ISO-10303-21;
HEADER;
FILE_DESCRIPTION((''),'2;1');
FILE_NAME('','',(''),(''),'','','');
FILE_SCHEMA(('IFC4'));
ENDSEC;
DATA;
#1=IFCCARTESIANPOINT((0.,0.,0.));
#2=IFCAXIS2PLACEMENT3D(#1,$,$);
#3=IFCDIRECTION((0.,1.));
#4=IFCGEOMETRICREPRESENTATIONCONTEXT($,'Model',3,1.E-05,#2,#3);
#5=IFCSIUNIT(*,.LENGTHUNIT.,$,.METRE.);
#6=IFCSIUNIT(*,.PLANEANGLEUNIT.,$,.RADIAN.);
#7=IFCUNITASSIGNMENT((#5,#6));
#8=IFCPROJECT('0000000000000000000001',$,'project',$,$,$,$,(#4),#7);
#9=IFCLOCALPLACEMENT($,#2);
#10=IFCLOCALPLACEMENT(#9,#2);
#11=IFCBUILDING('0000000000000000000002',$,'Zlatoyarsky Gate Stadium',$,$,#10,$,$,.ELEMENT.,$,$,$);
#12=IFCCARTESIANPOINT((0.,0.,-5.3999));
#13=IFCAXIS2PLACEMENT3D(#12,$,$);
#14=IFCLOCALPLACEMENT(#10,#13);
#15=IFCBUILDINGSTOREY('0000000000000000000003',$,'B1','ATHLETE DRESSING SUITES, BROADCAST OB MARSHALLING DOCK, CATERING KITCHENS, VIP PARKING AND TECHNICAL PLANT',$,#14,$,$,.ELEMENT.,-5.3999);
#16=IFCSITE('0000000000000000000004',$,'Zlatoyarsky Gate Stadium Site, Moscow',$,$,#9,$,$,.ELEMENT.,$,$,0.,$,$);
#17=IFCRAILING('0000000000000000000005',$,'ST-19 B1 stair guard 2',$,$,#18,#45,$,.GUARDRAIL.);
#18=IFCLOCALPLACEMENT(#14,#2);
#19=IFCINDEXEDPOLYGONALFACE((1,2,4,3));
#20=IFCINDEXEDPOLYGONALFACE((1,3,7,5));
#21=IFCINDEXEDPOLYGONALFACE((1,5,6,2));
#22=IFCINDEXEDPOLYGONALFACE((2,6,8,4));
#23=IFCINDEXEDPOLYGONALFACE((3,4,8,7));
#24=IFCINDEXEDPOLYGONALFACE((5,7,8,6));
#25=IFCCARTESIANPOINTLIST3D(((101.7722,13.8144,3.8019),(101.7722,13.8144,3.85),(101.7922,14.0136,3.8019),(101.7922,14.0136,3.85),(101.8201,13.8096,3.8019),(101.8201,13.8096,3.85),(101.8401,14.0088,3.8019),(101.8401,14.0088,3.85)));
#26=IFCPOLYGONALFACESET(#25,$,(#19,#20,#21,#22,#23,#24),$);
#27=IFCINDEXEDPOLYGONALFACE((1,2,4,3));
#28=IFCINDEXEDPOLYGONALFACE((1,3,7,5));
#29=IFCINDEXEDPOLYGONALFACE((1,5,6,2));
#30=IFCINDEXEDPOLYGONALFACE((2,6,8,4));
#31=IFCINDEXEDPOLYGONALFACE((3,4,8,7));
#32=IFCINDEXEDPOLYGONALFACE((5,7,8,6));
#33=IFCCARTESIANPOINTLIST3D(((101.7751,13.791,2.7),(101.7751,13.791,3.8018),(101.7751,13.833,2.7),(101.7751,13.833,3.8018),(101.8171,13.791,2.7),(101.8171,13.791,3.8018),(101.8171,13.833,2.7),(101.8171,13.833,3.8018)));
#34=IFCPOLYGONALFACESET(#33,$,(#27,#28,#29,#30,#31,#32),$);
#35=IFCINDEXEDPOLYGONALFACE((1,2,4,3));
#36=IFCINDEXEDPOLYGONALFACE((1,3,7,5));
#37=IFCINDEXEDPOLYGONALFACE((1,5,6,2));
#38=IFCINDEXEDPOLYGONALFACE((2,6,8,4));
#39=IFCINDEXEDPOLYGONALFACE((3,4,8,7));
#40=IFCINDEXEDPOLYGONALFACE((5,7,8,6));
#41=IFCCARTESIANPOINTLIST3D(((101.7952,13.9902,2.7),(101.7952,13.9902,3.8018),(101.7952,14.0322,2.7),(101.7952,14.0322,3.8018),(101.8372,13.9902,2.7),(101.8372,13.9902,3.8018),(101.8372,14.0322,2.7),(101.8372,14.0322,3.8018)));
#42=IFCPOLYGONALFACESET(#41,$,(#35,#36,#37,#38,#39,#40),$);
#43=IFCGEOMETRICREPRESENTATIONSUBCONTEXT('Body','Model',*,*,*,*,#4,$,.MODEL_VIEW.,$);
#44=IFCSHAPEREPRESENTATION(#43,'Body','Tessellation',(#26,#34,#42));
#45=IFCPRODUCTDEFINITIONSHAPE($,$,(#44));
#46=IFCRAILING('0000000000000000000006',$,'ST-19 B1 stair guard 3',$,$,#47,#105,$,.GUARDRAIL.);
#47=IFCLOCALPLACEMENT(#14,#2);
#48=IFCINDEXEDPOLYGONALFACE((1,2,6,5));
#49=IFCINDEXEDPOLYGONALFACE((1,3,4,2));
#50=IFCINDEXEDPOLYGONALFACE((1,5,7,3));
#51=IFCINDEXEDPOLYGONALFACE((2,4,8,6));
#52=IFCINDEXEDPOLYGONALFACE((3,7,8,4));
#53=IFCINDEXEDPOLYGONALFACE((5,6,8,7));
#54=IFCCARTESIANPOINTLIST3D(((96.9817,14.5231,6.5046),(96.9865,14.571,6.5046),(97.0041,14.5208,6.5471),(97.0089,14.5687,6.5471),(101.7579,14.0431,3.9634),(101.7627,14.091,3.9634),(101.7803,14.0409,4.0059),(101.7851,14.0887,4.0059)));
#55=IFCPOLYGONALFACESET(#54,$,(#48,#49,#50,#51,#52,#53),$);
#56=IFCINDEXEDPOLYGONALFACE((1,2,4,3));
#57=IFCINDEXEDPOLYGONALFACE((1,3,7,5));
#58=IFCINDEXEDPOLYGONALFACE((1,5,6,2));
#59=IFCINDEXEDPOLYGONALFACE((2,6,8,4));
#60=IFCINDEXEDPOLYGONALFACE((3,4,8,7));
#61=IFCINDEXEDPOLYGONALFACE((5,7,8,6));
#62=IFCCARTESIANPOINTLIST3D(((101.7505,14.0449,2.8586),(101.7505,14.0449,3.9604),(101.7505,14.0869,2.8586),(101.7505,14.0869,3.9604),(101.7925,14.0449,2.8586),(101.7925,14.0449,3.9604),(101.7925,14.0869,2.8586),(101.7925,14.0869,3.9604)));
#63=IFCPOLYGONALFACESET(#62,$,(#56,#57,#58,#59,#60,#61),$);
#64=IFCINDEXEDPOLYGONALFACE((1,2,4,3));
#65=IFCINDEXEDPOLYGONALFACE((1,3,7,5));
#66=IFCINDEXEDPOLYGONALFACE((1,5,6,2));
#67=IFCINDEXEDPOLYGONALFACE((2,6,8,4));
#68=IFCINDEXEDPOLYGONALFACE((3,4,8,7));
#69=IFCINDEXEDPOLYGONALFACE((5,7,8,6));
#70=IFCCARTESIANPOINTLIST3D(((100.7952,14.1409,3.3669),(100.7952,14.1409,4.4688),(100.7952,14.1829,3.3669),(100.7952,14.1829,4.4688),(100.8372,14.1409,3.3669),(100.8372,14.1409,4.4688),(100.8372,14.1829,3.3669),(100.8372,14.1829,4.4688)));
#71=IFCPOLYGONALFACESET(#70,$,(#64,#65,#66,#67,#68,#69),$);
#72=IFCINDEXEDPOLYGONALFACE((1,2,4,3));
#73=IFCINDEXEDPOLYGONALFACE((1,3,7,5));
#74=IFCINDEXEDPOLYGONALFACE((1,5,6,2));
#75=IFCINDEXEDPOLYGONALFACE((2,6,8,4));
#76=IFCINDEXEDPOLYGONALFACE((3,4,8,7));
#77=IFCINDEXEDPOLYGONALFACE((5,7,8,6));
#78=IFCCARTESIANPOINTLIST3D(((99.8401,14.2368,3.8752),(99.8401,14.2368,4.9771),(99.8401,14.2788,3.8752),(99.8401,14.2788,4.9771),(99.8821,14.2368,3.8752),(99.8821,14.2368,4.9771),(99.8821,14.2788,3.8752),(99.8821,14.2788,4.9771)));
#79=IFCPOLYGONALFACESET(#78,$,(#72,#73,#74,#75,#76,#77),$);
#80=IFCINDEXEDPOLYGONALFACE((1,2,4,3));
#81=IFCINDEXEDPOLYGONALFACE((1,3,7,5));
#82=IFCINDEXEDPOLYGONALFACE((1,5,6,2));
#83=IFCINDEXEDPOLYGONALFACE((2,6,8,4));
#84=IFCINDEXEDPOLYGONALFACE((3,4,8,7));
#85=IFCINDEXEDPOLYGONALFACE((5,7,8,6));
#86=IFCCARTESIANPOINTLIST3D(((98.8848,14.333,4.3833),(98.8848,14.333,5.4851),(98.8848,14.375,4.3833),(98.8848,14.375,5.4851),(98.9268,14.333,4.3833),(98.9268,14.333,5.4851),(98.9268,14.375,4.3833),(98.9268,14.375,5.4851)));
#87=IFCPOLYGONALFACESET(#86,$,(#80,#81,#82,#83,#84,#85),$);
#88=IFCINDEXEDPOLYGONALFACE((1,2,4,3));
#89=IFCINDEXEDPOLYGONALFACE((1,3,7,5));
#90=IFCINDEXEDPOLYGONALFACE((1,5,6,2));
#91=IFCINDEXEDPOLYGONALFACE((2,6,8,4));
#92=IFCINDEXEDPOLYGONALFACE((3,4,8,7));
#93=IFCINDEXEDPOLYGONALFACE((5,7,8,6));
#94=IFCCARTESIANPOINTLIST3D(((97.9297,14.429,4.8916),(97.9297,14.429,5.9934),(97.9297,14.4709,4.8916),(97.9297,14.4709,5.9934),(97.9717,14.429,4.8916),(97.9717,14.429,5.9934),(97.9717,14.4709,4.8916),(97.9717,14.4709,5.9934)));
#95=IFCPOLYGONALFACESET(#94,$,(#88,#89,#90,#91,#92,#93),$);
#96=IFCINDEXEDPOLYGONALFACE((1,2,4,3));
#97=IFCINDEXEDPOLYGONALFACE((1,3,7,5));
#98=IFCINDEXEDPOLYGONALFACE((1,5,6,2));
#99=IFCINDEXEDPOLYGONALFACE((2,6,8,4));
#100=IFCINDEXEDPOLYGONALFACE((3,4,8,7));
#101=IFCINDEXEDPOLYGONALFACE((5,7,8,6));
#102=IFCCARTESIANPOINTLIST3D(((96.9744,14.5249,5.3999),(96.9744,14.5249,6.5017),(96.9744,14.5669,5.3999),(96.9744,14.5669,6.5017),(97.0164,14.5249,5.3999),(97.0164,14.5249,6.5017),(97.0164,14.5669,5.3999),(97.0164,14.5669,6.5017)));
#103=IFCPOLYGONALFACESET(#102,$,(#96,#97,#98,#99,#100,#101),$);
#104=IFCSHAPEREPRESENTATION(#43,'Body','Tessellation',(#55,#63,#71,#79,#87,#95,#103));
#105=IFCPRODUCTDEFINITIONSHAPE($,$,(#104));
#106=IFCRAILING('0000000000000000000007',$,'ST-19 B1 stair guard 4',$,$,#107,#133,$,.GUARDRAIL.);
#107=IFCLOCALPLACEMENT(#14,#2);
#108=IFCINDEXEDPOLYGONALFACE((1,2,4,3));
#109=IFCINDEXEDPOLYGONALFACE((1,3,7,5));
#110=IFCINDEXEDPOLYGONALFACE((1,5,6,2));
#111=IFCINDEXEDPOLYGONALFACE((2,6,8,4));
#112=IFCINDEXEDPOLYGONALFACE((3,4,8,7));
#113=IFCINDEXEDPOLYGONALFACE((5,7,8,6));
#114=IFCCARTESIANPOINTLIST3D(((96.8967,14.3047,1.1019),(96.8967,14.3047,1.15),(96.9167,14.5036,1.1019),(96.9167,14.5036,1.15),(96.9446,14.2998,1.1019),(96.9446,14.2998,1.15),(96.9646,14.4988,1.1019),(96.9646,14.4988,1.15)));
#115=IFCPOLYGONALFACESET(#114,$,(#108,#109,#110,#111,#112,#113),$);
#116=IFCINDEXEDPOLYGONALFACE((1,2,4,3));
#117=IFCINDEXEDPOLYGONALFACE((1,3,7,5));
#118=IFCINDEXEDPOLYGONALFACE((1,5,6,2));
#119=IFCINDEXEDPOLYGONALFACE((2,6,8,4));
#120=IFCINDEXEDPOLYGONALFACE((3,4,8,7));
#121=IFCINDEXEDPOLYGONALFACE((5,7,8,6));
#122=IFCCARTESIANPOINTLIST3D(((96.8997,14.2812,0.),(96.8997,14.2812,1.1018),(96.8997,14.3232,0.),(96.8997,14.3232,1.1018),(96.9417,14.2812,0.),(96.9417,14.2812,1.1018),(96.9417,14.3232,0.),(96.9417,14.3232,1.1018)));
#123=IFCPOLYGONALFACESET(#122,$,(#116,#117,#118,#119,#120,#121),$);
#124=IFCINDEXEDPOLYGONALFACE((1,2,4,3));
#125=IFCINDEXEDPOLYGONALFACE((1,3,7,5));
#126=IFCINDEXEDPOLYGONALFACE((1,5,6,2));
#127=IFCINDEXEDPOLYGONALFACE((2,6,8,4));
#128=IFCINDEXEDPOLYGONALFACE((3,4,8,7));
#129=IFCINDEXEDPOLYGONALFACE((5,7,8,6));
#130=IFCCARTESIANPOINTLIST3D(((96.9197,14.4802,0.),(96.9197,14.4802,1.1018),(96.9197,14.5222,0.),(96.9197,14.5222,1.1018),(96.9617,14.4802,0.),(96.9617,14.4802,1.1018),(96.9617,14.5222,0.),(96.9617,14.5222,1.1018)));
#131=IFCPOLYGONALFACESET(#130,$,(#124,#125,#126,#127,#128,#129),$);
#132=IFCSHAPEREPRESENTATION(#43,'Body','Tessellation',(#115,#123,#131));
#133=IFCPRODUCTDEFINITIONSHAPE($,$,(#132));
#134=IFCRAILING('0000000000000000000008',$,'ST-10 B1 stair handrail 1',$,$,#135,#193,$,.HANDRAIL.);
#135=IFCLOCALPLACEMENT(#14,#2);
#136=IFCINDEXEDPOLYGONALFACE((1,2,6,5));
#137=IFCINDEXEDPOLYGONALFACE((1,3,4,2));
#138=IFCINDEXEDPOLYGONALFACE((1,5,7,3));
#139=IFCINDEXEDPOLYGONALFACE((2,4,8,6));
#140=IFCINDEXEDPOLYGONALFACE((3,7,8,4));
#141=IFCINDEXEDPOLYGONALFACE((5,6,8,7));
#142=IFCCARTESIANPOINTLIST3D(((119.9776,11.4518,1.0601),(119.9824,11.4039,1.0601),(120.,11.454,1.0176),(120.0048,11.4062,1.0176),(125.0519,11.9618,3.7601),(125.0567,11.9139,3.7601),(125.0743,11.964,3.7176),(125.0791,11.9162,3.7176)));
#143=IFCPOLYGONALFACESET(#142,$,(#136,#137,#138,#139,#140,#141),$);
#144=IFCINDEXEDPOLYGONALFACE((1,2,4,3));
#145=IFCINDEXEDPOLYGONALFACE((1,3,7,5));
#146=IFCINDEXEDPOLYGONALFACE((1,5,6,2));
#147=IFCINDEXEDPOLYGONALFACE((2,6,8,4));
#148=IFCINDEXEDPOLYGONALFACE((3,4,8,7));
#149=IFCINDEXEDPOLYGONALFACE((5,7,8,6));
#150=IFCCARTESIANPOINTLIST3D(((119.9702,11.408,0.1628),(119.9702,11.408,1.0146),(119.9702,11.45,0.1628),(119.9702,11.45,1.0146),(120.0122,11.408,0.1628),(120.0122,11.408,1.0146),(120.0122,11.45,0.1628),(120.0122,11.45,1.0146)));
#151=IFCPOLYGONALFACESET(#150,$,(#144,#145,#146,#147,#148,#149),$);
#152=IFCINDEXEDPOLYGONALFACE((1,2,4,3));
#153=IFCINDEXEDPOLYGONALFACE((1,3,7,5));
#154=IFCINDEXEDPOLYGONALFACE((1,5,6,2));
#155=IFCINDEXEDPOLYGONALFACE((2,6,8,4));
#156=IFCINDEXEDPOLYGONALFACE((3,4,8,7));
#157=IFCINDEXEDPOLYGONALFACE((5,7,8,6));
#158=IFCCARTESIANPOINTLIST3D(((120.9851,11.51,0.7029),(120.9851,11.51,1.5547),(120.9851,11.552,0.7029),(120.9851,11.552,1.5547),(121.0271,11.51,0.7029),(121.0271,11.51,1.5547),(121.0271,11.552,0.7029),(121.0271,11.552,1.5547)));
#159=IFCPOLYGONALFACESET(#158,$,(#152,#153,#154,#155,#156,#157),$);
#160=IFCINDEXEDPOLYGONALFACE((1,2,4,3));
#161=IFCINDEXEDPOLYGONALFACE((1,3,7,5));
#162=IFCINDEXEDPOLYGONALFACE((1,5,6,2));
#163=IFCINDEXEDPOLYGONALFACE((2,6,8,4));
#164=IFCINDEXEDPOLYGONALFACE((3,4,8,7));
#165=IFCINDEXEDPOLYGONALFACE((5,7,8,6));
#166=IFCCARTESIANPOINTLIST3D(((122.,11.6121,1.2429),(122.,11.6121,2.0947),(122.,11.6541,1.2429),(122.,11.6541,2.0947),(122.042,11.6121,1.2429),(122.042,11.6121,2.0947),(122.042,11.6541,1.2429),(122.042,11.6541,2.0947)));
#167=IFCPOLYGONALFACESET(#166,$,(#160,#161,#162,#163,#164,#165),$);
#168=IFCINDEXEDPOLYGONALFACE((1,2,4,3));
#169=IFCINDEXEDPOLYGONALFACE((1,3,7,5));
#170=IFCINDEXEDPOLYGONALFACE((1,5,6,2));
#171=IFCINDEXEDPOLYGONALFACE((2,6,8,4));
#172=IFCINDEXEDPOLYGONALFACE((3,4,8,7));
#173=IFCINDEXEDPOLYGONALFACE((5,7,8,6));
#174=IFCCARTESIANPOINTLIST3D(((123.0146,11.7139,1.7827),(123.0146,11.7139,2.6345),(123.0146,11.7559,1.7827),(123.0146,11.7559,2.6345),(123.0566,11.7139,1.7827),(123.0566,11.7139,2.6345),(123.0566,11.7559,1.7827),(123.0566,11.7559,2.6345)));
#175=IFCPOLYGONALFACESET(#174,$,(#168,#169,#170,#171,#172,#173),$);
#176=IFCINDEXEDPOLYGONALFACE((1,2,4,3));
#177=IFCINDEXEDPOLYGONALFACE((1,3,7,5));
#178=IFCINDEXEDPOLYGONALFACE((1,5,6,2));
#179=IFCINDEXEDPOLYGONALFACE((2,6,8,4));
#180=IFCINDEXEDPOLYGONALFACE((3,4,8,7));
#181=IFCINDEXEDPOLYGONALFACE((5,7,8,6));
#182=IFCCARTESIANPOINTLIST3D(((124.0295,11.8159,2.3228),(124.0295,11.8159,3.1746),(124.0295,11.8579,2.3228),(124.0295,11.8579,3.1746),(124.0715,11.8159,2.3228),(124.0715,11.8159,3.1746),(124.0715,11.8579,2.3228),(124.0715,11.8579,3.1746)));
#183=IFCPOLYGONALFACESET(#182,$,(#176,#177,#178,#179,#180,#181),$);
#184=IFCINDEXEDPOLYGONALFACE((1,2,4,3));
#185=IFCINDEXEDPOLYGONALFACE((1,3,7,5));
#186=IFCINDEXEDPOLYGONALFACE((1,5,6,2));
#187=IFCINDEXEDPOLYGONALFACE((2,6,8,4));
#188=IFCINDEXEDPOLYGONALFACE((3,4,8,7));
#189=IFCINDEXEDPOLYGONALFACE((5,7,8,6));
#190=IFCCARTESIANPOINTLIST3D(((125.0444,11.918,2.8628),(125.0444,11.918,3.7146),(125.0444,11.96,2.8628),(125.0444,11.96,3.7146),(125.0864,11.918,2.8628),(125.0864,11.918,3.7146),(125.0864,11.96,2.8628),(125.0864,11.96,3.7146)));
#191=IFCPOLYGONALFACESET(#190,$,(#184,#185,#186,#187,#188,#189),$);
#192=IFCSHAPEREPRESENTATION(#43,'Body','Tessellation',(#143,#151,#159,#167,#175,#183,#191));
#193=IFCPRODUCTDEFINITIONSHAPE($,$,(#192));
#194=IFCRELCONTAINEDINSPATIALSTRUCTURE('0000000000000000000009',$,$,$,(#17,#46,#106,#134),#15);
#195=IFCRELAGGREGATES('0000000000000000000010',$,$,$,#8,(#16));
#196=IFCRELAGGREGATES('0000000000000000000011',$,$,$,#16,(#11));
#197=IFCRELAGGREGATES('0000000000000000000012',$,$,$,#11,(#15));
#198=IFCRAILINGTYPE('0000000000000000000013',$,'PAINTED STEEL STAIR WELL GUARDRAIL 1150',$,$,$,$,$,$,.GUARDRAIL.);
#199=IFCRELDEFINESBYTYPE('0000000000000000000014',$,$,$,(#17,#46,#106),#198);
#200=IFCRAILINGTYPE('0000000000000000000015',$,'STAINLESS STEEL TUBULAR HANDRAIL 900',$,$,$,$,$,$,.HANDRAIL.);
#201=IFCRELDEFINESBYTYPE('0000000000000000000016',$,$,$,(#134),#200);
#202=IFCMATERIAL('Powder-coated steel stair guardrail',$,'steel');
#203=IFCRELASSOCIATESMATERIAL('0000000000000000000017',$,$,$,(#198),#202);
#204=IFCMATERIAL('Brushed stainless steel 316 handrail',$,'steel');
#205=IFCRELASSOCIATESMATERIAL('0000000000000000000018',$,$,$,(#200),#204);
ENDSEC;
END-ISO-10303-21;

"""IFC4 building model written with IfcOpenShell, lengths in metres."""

from ifc_helpers import new_model, si_unit, direction, frame, origin, origin_2d, place, context, subcontext, project, spatial, rectangle, extrude, material, type_object, element, save


model = new_model("IFC4")

# Units and contexts
model_context = context("Model", 3, precision=1e-05, world=origin(), true_north=direction((0.0, 1.0)))
body_context = subcontext(model_context, "Body", "Model", "MODEL_VIEW")
ifc_project = project(units=[si_unit("LENGTHUNIT", "METRE"), si_unit("PLANEANGLEUNIT", "RADIAN")], contexts=[model_context])

# Site, building, storey
site_placement = place(None, origin())
site = spatial("IfcSite", under=ifc_project, at=site_placement, Name="Zlatoyarsky Gate Stadium Site, Moscow", CompositionType="ELEMENT", RefElevation=0.0)
building_placement = place(site_placement, origin())
building = spatial("IfcBuilding", under=site, at=building_placement, Name="Zlatoyarsky Gate Stadium", CompositionType="ELEMENT")
storey_placement = place(building_placement, frame((0.0, 0.0, -5.3999)))
storey = spatial("IfcBuildingStorey", under=building, at=storey_placement, Name="B1", Description="ATHLETE DRESSING SUITES, BROADCAST OB MARSHALLING DOCK, CATERING KITCHENS, VIP PARKING AND TECHNICAL PLANT", CompositionType="ELEMENT", Elevation=-5.3999)

# Railings
ifc_material_1 = material(Name="Powder-coated steel stair guardrail", Category="steel")
railing_type_1 = type_object("IfcRailingType", Name="PAINTED STEEL STAIR WELL GUARDRAIL 1150", PredefinedType="GUARDRAIL", material=ifc_material_1)
railing_1_placement = place(storey_placement, frame((101.7961, 13.812, 2.7)))
element("IfcRailing", 1, at=railing_1_placement, inside=storey, type_object=railing_type_1, Name="ST-19 B1 stair guard 2", PredefinedType="GUARDRAIL", context=body_context, shape_type="SweptSolid", body=[
    extrude(rectangle(XDim=0.0481, YDim=0.0481, at=origin_2d()), frame((0.0, 0.0, 1.126), z_axis=(0.099987, 0.994989, 0.0), x_axis=(-0.994989, 0.099987, 0.0)), (0.0, 0.0, 1.0), 0.2002),
    extrude(rectangle(XDim=0.042, YDim=0.042, at=origin_2d()), origin(), (0.0, 0.0, 1.0), 1.1018),
    extrude(rectangle(XDim=0.042, YDim=0.042, at=origin_2d()), frame((0.02, 0.1992, 0.0)), (0.0, 0.0, 1.0), 1.1018),
])
railing_2_placement = place(storey_placement, frame((101.7715, 14.0659, 2.8586)))
element("IfcRailing", 2, at=railing_2_placement, inside=storey, type_object=railing_type_1, Name="ST-19 B1 stair guard 3", PredefinedType="GUARDRAIL", context=body_context, shape_type="SweptSolid", body=[
    extrude(rectangle(XDim=0.0481, YDim=0.0481, at=origin_2d()), frame((0.0, 0.0, 1.126), z_axis=(-0.879359, 0.088372, 0.467886), x_axis=(-0.099992, -0.994988, 0.0)), (0.0, 0.0, 1.0), 5.4314),
    extrude(rectangle(XDim=0.042, YDim=0.042, at=origin_2d()), origin(), (0.0, 0.0, 1.0), 1.1018),
    extrude(rectangle(XDim=0.042, YDim=0.042, at=origin_2d()), frame((-0.9553, 0.0959, 0.5083)), (0.0, 0.0, 1.0), 1.1018),
    extrude(rectangle(XDim=0.042, YDim=0.042, at=origin_2d()), frame((-1.9104, 0.1919, 1.0166)), (0.0, 0.0, 1.0), 1.1018),
    extrude(rectangle(XDim=0.042, YDim=0.042, at=origin_2d()), frame((-2.8657, 0.2881, 1.5247)), (0.0, 0.0, 1.0), 1.1018),
    extrude(rectangle(XDim=0.042, YDim=0.042, at=origin_2d()), frame((-3.8208, 0.384, 2.033)), (0.0, 0.0, 1.0), 1.1018),
    extrude(rectangle(XDim=0.042, YDim=0.042, at=origin_2d()), frame((-4.7761, 0.48, 2.5413)), (0.0, 0.0, 1.0), 1.1018),
])
railing_3_placement = place(storey_placement, frame((96.9207, 14.3022, 0.0)))
element("IfcRailing", 3, at=railing_3_placement, inside=storey, type_object=railing_type_1, Name="ST-19 B1 stair guard 4", PredefinedType="GUARDRAIL", context=body_context, shape_type="SweptSolid", body=[
    extrude(rectangle(XDim=0.0481, YDim=0.0481, at=origin_2d()), frame((0.0, 0.0, 1.126), z_axis=(0.100108, 0.994977, 0.0), x_axis=(-0.994977, 0.100108, 0.0)), (0.0, 0.0, 1.0), 0.2),
    extrude(rectangle(XDim=0.042, YDim=0.042, at=origin_2d()), origin(), (0.0, 0.0, 1.0), 1.1018),
    extrude(rectangle(XDim=0.042, YDim=0.042, at=origin_2d()), frame((0.02, 0.199, 0.0)), (0.0, 0.0, 1.0), 1.1018),
])
ifc_material_2 = material(Name="Brushed stainless steel 316 handrail", Category="steel")
railing_type_2 = type_object("IfcRailingType", Name="STAINLESS STEEL TUBULAR HANDRAIL 900", PredefinedType="HANDRAIL", material=ifc_material_2)
railing_4_placement = place(storey_placement, frame((119.9912, 11.429, 0.1628)))
element("IfcRailing", 4, at=railing_4_placement, inside=storey, type_object=railing_type_2, Name="ST-10 B1 stair handrail 1", PredefinedType="HANDRAIL", context=body_context, shape_type="SweptSolid", body=[
    extrude(rectangle(XDim=0.0481, YDim=0.0481, at=origin_2d()), frame((0.0, 0.0, 0.876), z_axis=(0.879353, 0.088384, 0.467897), x_axis=(-0.100006, 0.994987, 0.0)), (0.0, 0.0, 1.0), 5.7705),
    extrude(rectangle(XDim=0.042, YDim=0.042, at=origin_2d()), origin(), (0.0, 0.0, 1.0), 0.8518),
    extrude(rectangle(XDim=0.042, YDim=0.042, at=origin_2d()), frame((1.0149, 0.1021, 0.54)), (0.0, 0.0, 1.0), 0.8518),
    extrude(rectangle(XDim=0.042, YDim=0.042, at=origin_2d()), frame((2.0298, 0.2041, 1.0801)), (0.0, 0.0, 1.0), 0.8518),
    extrude(rectangle(XDim=0.042, YDim=0.042, at=origin_2d()), frame((3.0444, 0.3059, 1.6199)), (0.0, 0.0, 1.0), 0.8518),
    extrude(rectangle(XDim=0.042, YDim=0.042, at=origin_2d()), frame((4.0593, 0.408, 2.1599)), (0.0, 0.0, 1.0), 0.8518),
    extrude(rectangle(XDim=0.042, YDim=0.042, at=origin_2d()), frame((5.0742, 0.51, 2.7)), (0.0, 0.0, 1.0), 0.8518),
])

save(model, "model.ifc")
